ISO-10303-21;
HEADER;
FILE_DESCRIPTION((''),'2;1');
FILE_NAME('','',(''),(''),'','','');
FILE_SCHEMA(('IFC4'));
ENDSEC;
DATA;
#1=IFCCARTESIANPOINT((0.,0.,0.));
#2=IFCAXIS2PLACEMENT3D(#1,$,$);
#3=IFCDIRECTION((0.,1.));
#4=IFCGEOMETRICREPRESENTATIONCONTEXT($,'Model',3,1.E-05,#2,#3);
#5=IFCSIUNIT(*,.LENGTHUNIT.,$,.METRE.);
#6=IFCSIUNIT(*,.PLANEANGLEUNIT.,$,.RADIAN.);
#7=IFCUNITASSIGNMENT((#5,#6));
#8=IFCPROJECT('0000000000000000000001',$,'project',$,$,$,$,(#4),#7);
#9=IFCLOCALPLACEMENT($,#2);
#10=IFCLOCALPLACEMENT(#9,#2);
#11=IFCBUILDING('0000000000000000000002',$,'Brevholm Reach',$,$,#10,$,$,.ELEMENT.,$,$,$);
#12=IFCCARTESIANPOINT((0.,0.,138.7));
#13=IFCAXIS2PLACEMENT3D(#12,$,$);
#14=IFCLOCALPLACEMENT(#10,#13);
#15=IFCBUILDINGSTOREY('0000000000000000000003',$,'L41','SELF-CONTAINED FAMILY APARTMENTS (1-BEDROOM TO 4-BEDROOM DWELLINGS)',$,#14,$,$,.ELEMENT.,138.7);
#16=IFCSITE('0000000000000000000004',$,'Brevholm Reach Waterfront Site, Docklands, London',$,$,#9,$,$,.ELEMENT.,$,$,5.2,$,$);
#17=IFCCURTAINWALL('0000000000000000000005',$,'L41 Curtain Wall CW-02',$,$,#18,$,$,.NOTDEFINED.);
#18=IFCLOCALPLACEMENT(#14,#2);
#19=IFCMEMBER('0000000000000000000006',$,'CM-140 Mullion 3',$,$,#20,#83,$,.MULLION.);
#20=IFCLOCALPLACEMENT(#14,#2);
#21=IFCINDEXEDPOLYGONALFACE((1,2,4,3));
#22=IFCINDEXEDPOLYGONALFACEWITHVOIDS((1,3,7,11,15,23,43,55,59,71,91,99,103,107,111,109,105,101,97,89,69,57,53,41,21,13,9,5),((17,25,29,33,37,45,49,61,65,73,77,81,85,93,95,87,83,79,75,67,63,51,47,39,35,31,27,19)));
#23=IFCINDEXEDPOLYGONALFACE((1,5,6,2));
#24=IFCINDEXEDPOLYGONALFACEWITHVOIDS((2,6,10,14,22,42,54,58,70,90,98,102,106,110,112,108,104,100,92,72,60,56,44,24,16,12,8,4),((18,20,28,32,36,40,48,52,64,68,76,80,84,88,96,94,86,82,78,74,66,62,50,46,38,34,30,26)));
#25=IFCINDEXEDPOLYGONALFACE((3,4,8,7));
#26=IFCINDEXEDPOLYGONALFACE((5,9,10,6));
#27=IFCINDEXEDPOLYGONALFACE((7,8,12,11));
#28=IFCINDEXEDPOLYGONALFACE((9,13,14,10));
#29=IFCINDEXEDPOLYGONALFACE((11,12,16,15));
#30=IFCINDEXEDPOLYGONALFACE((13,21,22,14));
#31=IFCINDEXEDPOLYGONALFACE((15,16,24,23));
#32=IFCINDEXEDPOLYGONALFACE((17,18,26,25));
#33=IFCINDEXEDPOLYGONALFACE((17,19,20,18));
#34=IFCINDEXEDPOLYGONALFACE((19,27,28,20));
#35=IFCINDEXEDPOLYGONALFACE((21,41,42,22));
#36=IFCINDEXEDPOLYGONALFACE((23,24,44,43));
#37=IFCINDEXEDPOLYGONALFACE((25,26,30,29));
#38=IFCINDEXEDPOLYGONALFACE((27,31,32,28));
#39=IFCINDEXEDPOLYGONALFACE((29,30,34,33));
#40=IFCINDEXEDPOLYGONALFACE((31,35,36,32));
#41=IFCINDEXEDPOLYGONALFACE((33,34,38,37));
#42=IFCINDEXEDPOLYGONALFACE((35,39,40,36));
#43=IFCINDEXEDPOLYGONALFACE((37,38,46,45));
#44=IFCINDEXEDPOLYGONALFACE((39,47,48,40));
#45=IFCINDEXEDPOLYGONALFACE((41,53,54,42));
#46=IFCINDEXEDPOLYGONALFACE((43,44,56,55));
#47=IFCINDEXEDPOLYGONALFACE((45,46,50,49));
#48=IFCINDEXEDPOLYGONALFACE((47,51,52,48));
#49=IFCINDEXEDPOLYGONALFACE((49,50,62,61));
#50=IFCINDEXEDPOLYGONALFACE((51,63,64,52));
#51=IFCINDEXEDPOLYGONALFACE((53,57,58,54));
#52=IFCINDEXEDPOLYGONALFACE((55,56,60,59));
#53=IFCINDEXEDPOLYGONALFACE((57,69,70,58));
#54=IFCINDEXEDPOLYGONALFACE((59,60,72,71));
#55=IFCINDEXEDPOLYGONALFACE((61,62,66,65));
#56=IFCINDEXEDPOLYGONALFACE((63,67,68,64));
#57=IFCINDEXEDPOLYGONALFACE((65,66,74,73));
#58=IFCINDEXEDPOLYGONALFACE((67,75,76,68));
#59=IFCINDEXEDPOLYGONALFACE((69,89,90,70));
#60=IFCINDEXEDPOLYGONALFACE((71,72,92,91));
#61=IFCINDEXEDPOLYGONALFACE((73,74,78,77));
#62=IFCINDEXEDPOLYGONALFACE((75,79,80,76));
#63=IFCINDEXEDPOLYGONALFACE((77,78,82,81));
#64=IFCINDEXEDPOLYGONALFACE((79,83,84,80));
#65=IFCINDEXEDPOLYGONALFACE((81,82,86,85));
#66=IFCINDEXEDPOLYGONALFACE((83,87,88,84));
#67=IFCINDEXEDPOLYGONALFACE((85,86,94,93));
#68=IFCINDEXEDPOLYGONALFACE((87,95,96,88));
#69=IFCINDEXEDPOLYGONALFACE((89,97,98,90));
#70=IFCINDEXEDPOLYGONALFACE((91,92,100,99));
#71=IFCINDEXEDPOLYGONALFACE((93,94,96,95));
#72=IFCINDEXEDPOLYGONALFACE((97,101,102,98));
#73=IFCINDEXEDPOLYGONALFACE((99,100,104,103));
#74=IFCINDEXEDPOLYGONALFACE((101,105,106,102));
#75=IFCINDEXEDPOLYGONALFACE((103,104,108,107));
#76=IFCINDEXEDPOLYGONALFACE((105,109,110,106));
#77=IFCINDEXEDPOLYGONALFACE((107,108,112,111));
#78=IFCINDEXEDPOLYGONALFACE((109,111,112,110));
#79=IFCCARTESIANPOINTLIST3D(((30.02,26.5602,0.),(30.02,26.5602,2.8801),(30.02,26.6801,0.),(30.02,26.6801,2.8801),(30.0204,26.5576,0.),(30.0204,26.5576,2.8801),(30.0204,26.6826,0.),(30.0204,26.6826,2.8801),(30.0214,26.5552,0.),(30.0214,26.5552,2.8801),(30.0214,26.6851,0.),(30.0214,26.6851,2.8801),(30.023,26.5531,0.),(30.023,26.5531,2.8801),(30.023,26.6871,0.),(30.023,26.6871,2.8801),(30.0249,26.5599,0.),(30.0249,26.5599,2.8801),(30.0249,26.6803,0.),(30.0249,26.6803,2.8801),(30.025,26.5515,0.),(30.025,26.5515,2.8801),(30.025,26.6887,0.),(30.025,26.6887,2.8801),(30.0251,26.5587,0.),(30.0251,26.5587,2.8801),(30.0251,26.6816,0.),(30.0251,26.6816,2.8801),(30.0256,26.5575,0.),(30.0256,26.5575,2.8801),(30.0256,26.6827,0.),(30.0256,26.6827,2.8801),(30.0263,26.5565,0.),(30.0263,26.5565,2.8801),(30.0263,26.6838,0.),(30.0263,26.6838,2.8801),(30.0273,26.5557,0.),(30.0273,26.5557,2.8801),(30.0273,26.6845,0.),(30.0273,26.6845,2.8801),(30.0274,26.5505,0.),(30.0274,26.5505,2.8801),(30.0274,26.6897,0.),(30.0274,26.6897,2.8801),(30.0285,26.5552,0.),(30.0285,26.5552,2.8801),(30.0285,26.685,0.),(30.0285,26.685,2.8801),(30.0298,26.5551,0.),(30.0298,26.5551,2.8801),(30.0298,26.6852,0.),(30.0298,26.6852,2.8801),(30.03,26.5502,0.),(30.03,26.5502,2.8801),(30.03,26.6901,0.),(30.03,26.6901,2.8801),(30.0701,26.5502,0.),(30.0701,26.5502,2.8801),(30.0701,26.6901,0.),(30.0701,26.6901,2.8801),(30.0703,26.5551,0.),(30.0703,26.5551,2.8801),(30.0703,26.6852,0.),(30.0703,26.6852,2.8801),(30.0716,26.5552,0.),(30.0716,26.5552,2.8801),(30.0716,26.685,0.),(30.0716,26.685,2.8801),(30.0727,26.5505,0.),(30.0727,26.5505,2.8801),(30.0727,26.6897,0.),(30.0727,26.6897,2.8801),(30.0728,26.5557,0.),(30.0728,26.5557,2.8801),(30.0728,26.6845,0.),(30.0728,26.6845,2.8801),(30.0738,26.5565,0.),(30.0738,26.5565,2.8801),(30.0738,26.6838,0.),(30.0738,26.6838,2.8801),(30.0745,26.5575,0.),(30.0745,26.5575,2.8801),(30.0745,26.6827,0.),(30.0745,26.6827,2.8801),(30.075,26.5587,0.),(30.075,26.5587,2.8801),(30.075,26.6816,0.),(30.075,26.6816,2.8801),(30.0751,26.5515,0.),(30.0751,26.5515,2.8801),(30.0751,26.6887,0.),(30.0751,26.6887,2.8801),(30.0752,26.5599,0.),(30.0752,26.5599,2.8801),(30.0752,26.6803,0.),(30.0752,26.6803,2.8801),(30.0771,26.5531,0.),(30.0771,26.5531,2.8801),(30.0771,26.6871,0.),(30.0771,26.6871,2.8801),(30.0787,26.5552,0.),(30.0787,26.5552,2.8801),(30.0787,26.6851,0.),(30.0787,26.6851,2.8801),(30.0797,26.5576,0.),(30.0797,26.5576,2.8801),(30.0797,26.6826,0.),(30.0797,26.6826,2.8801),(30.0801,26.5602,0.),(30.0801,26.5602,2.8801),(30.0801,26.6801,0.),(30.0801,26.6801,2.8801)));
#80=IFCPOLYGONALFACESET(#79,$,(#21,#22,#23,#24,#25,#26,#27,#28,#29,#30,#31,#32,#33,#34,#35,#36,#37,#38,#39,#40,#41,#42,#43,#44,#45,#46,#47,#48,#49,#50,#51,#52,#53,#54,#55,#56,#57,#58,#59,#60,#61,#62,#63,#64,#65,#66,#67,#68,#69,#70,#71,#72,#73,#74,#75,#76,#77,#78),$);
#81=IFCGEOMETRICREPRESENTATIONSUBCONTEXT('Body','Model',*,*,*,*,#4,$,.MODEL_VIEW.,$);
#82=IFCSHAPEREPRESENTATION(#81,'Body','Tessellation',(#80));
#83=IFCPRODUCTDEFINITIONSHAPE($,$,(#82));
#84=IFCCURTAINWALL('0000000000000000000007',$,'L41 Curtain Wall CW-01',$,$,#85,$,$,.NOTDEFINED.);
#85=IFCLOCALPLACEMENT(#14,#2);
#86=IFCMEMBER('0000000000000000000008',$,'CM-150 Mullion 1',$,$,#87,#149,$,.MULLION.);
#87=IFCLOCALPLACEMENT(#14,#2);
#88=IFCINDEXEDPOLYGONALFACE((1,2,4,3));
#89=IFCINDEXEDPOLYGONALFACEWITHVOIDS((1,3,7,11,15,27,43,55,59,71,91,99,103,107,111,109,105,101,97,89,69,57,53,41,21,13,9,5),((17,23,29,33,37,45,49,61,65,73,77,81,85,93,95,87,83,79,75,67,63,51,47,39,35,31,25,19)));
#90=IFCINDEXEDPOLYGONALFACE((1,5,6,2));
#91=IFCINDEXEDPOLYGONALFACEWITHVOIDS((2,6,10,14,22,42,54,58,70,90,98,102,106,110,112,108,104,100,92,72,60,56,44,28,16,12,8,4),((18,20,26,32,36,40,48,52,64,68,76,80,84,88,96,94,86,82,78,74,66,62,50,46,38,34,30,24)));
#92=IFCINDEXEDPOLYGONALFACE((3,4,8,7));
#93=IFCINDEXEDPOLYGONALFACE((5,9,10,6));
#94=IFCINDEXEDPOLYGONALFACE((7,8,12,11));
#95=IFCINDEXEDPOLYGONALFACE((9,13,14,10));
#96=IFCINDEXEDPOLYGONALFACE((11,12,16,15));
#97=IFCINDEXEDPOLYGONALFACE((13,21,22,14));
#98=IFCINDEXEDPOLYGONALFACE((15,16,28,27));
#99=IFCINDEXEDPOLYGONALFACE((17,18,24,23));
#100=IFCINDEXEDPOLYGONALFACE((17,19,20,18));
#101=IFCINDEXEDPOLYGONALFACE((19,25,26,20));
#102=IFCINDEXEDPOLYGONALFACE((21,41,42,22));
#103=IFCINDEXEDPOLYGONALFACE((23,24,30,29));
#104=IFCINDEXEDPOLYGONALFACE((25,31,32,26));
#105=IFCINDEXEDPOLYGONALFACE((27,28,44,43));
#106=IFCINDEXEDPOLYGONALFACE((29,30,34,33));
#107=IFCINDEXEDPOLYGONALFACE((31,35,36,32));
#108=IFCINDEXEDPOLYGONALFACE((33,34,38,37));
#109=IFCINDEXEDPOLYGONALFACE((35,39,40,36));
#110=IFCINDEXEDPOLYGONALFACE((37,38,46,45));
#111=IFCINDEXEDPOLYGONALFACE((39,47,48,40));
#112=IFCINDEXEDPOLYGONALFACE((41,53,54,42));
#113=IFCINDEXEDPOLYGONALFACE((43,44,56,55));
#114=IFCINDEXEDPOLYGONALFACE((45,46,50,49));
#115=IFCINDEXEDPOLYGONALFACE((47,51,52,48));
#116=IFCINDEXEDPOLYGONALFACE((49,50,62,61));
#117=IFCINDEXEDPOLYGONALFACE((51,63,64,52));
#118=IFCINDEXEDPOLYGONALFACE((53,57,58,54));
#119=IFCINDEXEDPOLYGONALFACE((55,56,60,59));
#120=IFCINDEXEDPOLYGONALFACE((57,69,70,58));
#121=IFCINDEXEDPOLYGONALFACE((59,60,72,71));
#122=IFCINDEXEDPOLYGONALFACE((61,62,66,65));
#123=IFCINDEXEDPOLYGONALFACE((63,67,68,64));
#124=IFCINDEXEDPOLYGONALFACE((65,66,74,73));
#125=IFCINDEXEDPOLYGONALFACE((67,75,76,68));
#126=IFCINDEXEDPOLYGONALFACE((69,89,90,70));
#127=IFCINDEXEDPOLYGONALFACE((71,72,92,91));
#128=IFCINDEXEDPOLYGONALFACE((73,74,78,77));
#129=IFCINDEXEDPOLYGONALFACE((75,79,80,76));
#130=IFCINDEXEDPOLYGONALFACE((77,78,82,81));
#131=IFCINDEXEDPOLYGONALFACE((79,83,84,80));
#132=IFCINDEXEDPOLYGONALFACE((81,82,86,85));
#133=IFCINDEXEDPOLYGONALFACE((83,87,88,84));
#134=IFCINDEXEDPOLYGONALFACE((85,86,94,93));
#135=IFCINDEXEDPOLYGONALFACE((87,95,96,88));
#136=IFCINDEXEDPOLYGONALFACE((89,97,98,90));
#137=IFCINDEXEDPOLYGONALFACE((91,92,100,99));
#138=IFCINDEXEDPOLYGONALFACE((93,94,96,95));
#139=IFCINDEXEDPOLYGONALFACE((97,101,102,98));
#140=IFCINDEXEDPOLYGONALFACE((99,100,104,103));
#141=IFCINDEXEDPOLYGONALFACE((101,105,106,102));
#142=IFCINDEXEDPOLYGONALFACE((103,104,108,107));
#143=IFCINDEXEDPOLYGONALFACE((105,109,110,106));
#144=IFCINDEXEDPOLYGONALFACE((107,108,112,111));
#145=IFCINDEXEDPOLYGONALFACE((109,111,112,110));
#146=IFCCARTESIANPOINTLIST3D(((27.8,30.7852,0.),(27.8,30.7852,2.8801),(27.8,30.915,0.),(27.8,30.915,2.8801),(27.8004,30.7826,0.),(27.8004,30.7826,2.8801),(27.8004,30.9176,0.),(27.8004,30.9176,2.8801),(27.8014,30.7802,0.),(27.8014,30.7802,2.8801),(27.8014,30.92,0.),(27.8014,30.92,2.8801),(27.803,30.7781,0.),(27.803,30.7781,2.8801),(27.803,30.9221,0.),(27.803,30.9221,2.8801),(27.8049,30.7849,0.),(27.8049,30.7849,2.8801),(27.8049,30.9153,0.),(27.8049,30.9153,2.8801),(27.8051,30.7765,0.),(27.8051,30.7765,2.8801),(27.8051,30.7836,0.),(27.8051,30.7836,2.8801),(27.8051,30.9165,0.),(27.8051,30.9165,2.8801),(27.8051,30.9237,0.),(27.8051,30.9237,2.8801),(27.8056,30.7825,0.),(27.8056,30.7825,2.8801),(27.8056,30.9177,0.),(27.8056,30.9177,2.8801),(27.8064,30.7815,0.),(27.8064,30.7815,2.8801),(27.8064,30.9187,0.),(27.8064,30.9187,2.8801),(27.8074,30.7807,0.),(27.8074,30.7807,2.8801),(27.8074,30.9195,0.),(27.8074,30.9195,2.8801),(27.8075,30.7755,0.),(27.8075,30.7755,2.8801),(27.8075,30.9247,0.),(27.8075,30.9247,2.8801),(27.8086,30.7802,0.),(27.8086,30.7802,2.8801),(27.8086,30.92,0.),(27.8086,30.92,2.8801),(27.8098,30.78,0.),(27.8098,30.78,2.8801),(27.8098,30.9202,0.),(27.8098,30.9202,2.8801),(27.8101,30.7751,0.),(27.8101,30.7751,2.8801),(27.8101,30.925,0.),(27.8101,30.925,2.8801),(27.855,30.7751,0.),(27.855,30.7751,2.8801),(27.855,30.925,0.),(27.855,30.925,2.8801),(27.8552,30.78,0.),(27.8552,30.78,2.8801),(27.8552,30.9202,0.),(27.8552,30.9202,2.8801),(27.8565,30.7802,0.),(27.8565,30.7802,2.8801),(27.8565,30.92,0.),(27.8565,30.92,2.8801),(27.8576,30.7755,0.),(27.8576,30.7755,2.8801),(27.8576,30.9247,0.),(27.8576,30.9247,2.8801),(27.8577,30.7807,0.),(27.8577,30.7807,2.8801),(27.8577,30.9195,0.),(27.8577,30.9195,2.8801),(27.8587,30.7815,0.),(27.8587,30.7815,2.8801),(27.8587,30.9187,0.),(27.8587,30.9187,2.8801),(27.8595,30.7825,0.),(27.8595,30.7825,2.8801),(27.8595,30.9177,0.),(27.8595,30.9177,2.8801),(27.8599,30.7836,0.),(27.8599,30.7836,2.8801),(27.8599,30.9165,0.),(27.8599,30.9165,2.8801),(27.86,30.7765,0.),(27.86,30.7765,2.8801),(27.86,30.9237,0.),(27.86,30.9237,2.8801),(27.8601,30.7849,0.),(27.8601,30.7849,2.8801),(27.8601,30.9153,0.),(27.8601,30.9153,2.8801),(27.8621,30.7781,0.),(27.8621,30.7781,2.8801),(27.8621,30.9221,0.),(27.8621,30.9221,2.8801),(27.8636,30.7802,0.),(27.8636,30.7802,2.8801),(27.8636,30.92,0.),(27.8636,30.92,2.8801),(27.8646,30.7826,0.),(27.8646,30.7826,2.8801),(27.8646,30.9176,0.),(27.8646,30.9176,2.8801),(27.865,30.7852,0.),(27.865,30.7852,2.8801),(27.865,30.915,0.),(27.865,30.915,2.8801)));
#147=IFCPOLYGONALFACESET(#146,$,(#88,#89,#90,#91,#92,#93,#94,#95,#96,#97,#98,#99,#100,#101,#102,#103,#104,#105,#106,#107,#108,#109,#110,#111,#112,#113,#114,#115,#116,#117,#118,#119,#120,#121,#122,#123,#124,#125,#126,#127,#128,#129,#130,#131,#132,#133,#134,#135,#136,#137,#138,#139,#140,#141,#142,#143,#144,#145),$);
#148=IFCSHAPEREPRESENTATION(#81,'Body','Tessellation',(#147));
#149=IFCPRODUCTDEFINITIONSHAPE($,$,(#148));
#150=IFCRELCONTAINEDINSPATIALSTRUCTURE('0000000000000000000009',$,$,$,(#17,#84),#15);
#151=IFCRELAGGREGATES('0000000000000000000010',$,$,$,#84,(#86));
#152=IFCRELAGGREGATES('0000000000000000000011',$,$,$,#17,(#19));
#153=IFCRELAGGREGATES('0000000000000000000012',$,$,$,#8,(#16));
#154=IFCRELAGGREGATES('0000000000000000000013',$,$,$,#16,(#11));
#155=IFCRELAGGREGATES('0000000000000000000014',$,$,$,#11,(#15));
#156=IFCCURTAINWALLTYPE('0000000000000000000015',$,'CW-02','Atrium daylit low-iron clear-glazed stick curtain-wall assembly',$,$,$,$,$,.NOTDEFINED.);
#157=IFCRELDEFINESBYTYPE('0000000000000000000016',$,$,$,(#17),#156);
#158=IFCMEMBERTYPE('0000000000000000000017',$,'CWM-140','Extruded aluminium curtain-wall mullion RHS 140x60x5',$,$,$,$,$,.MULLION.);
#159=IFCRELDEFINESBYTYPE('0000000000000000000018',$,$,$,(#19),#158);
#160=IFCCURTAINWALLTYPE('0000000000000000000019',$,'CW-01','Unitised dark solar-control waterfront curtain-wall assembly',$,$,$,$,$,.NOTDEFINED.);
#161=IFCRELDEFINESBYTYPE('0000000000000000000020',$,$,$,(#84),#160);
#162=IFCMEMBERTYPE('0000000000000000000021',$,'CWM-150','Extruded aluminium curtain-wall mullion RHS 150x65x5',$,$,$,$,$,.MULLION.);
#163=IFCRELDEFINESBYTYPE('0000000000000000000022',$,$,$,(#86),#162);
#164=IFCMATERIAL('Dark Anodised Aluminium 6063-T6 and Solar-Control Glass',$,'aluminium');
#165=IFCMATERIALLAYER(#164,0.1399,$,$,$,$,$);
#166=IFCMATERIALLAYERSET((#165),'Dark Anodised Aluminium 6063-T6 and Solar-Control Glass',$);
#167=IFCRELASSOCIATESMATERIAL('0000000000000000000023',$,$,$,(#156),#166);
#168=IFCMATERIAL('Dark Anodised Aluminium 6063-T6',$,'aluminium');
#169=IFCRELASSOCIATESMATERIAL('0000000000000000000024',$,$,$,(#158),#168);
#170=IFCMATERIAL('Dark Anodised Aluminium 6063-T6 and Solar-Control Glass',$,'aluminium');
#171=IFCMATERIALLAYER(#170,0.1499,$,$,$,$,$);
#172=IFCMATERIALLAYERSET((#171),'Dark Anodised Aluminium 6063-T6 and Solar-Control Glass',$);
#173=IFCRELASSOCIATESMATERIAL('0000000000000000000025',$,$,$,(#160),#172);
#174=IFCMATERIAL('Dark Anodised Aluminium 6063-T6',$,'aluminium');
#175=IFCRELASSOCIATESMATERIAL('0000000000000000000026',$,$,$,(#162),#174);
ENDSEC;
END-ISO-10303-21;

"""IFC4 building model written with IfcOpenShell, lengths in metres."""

from ifc_helpers import new_model, si_unit, direction, frame, origin, origin_2d, place, context, subcontext, project, spatial, hollow_rectangle, extrude, material, layer, layer_set, material_profile, profile_set, type_object, element, aggregate, save


model = new_model("IFC4")

# Units and contexts
model_context = context("Model", 3, precision=1e-05, world=origin(), true_north=direction((0.0, 1.0)))
body_context = subcontext(model_context, "Body", "Model", "MODEL_VIEW")
ifc_project = project(units=[si_unit("LENGTHUNIT", "METRE"), si_unit("PLANEANGLEUNIT", "RADIAN")], contexts=[model_context])

# Site, building, storey
site_placement = place(None, origin())
site = spatial("IfcSite", under=ifc_project, at=site_placement, Name="Brevholm Reach Waterfront Site, Docklands, London", CompositionType="ELEMENT", RefElevation=5.2)
building_placement = place(site_placement, origin())
building = spatial("IfcBuilding", under=site, at=building_placement, Name="Brevholm Reach", CompositionType="ELEMENT")
storey_placement = place(building_placement, frame((0.0, 0.0, 138.7)))
storey = spatial("IfcBuildingStorey", under=building, at=storey_placement, Name="L41", Description="SELF-CONTAINED FAMILY APARTMENTS (1-BEDROOM TO 4-BEDROOM DWELLINGS)", CompositionType="ELEMENT", Elevation=138.7)

# Curtain walls, members
ifc_material_1 = material(Name="Dark Anodised Aluminium 6063-T6 and Solar-Control Glass", Category="aluminium")
ifc_layer_1 = layer(ifc_material_1, 0.1399)
ifc_layer_set_1 = layer_set([ifc_layer_1], Name="Dark Anodised Aluminium 6063-T6 and Solar-Control Glass")
curtain_wall_type_1 = type_object("IfcCurtainWallType", Name="CW-02", Description="Atrium daylit low-iron clear-glazed stick curtain-wall assembly", PredefinedType="NOTDEFINED", material=ifc_layer_set_1)
curtain_wall_1_placement = place(storey_placement, origin())
curtain_wall_1 = element("IfcCurtainWall", 1, at=curtain_wall_1_placement, inside=storey, type_object=curtain_wall_type_1, Name="L41 Curtain Wall CW-02", PredefinedType="NOTDEFINED")
ifc_material_2 = material(Name="Dark Anodised Aluminium 6063-T6", Category="aluminium")
ifc_material_profile_1 = material_profile(ifc_material_2, hollow_rectangle(XDim=0.0601, YDim=0.1399, WallThickness=0.0049, InnerFilletRadius=0.0049, OuterFilletRadius=0.01, at=origin_2d()), Name="RHS 140x60x5")
ifc_profile_set_1 = profile_set([ifc_material_profile_1], Name="Dark Anodised Aluminium 6063-T6")
member_type_1 = type_object("IfcMemberType", Name="CWM-140", Description="Extruded aluminium curtain-wall mullion RHS 140x60x5", PredefinedType="MULLION", material=ifc_profile_set_1)
member_1_placement = place(storey_placement, frame((30.05, 26.6201, 0.0), z_axis=(0.0, 0.0, 1.0), x_axis=(-1.0, 0.0, 0.0)))
member_1 = element("IfcMember", 2, at=member_1_placement, type_object=member_type_1, Name="CM-140 Mullion 3", PredefinedType="MULLION", context=body_context, shape_type="SweptSolid", body=[
    extrude(hollow_rectangle(XDim=0.0601, YDim=0.1399, WallThickness=0.0049, InnerFilletRadius=0.0049, OuterFilletRadius=0.01, at=origin_2d()), origin(), (0.0, 0.0, 1.0), 2.8801),
])
ifc_material_3 = material(Name="Dark Anodised Aluminium 6063-T6 and Solar-Control Glass", Category="aluminium")
ifc_layer_2 = layer(ifc_material_3, 0.1499)
ifc_layer_set_2 = layer_set([ifc_layer_2], Name="Dark Anodised Aluminium 6063-T6 and Solar-Control Glass")
curtain_wall_type_2 = type_object("IfcCurtainWallType", Name="CW-01", Description="Unitised dark solar-control waterfront curtain-wall assembly", PredefinedType="NOTDEFINED", material=ifc_layer_set_2)
curtain_wall_2_placement = place(storey_placement, origin())
curtain_wall_2 = element("IfcCurtainWall", 3, at=curtain_wall_2_placement, inside=storey, type_object=curtain_wall_type_2, Name="L41 Curtain Wall CW-01", PredefinedType="NOTDEFINED")
ifc_material_4 = material(Name="Dark Anodised Aluminium 6063-T6", Category="aluminium")
ifc_material_profile_2 = material_profile(ifc_material_4, hollow_rectangle(XDim=0.0649, YDim=0.1499, WallThickness=0.0049, InnerFilletRadius=0.0049, OuterFilletRadius=0.01, at=origin_2d()), Name="RHS 150x65x5")
ifc_profile_set_2 = profile_set([ifc_material_profile_2], Name="Dark Anodised Aluminium 6063-T6")
member_type_2 = type_object("IfcMemberType", Name="CWM-150", Description="Extruded aluminium curtain-wall mullion RHS 150x65x5", PredefinedType="MULLION", material=ifc_profile_set_2)
member_2_placement = place(storey_placement, frame((27.8325, 30.8501, 0.0), z_axis=(0.0, 0.0, 1.0), x_axis=(1.0, 0.0, 0.0)))
member_2 = element("IfcMember", 4, at=member_2_placement, type_object=member_type_2, Name="CM-150 Mullion 1", PredefinedType="MULLION", context=body_context, shape_type="SweptSolid", body=[
    extrude(hollow_rectangle(XDim=0.0649, YDim=0.1499, WallThickness=0.0049, InnerFilletRadius=0.0049, OuterFilletRadius=0.01, at=origin_2d()), origin(), (0.0, 0.0, 1.0), 2.8801),
])

aggregate(curtain_wall_2, [member_2])
aggregate(curtain_wall_1, [member_1])

save(model, "model.ifc")
